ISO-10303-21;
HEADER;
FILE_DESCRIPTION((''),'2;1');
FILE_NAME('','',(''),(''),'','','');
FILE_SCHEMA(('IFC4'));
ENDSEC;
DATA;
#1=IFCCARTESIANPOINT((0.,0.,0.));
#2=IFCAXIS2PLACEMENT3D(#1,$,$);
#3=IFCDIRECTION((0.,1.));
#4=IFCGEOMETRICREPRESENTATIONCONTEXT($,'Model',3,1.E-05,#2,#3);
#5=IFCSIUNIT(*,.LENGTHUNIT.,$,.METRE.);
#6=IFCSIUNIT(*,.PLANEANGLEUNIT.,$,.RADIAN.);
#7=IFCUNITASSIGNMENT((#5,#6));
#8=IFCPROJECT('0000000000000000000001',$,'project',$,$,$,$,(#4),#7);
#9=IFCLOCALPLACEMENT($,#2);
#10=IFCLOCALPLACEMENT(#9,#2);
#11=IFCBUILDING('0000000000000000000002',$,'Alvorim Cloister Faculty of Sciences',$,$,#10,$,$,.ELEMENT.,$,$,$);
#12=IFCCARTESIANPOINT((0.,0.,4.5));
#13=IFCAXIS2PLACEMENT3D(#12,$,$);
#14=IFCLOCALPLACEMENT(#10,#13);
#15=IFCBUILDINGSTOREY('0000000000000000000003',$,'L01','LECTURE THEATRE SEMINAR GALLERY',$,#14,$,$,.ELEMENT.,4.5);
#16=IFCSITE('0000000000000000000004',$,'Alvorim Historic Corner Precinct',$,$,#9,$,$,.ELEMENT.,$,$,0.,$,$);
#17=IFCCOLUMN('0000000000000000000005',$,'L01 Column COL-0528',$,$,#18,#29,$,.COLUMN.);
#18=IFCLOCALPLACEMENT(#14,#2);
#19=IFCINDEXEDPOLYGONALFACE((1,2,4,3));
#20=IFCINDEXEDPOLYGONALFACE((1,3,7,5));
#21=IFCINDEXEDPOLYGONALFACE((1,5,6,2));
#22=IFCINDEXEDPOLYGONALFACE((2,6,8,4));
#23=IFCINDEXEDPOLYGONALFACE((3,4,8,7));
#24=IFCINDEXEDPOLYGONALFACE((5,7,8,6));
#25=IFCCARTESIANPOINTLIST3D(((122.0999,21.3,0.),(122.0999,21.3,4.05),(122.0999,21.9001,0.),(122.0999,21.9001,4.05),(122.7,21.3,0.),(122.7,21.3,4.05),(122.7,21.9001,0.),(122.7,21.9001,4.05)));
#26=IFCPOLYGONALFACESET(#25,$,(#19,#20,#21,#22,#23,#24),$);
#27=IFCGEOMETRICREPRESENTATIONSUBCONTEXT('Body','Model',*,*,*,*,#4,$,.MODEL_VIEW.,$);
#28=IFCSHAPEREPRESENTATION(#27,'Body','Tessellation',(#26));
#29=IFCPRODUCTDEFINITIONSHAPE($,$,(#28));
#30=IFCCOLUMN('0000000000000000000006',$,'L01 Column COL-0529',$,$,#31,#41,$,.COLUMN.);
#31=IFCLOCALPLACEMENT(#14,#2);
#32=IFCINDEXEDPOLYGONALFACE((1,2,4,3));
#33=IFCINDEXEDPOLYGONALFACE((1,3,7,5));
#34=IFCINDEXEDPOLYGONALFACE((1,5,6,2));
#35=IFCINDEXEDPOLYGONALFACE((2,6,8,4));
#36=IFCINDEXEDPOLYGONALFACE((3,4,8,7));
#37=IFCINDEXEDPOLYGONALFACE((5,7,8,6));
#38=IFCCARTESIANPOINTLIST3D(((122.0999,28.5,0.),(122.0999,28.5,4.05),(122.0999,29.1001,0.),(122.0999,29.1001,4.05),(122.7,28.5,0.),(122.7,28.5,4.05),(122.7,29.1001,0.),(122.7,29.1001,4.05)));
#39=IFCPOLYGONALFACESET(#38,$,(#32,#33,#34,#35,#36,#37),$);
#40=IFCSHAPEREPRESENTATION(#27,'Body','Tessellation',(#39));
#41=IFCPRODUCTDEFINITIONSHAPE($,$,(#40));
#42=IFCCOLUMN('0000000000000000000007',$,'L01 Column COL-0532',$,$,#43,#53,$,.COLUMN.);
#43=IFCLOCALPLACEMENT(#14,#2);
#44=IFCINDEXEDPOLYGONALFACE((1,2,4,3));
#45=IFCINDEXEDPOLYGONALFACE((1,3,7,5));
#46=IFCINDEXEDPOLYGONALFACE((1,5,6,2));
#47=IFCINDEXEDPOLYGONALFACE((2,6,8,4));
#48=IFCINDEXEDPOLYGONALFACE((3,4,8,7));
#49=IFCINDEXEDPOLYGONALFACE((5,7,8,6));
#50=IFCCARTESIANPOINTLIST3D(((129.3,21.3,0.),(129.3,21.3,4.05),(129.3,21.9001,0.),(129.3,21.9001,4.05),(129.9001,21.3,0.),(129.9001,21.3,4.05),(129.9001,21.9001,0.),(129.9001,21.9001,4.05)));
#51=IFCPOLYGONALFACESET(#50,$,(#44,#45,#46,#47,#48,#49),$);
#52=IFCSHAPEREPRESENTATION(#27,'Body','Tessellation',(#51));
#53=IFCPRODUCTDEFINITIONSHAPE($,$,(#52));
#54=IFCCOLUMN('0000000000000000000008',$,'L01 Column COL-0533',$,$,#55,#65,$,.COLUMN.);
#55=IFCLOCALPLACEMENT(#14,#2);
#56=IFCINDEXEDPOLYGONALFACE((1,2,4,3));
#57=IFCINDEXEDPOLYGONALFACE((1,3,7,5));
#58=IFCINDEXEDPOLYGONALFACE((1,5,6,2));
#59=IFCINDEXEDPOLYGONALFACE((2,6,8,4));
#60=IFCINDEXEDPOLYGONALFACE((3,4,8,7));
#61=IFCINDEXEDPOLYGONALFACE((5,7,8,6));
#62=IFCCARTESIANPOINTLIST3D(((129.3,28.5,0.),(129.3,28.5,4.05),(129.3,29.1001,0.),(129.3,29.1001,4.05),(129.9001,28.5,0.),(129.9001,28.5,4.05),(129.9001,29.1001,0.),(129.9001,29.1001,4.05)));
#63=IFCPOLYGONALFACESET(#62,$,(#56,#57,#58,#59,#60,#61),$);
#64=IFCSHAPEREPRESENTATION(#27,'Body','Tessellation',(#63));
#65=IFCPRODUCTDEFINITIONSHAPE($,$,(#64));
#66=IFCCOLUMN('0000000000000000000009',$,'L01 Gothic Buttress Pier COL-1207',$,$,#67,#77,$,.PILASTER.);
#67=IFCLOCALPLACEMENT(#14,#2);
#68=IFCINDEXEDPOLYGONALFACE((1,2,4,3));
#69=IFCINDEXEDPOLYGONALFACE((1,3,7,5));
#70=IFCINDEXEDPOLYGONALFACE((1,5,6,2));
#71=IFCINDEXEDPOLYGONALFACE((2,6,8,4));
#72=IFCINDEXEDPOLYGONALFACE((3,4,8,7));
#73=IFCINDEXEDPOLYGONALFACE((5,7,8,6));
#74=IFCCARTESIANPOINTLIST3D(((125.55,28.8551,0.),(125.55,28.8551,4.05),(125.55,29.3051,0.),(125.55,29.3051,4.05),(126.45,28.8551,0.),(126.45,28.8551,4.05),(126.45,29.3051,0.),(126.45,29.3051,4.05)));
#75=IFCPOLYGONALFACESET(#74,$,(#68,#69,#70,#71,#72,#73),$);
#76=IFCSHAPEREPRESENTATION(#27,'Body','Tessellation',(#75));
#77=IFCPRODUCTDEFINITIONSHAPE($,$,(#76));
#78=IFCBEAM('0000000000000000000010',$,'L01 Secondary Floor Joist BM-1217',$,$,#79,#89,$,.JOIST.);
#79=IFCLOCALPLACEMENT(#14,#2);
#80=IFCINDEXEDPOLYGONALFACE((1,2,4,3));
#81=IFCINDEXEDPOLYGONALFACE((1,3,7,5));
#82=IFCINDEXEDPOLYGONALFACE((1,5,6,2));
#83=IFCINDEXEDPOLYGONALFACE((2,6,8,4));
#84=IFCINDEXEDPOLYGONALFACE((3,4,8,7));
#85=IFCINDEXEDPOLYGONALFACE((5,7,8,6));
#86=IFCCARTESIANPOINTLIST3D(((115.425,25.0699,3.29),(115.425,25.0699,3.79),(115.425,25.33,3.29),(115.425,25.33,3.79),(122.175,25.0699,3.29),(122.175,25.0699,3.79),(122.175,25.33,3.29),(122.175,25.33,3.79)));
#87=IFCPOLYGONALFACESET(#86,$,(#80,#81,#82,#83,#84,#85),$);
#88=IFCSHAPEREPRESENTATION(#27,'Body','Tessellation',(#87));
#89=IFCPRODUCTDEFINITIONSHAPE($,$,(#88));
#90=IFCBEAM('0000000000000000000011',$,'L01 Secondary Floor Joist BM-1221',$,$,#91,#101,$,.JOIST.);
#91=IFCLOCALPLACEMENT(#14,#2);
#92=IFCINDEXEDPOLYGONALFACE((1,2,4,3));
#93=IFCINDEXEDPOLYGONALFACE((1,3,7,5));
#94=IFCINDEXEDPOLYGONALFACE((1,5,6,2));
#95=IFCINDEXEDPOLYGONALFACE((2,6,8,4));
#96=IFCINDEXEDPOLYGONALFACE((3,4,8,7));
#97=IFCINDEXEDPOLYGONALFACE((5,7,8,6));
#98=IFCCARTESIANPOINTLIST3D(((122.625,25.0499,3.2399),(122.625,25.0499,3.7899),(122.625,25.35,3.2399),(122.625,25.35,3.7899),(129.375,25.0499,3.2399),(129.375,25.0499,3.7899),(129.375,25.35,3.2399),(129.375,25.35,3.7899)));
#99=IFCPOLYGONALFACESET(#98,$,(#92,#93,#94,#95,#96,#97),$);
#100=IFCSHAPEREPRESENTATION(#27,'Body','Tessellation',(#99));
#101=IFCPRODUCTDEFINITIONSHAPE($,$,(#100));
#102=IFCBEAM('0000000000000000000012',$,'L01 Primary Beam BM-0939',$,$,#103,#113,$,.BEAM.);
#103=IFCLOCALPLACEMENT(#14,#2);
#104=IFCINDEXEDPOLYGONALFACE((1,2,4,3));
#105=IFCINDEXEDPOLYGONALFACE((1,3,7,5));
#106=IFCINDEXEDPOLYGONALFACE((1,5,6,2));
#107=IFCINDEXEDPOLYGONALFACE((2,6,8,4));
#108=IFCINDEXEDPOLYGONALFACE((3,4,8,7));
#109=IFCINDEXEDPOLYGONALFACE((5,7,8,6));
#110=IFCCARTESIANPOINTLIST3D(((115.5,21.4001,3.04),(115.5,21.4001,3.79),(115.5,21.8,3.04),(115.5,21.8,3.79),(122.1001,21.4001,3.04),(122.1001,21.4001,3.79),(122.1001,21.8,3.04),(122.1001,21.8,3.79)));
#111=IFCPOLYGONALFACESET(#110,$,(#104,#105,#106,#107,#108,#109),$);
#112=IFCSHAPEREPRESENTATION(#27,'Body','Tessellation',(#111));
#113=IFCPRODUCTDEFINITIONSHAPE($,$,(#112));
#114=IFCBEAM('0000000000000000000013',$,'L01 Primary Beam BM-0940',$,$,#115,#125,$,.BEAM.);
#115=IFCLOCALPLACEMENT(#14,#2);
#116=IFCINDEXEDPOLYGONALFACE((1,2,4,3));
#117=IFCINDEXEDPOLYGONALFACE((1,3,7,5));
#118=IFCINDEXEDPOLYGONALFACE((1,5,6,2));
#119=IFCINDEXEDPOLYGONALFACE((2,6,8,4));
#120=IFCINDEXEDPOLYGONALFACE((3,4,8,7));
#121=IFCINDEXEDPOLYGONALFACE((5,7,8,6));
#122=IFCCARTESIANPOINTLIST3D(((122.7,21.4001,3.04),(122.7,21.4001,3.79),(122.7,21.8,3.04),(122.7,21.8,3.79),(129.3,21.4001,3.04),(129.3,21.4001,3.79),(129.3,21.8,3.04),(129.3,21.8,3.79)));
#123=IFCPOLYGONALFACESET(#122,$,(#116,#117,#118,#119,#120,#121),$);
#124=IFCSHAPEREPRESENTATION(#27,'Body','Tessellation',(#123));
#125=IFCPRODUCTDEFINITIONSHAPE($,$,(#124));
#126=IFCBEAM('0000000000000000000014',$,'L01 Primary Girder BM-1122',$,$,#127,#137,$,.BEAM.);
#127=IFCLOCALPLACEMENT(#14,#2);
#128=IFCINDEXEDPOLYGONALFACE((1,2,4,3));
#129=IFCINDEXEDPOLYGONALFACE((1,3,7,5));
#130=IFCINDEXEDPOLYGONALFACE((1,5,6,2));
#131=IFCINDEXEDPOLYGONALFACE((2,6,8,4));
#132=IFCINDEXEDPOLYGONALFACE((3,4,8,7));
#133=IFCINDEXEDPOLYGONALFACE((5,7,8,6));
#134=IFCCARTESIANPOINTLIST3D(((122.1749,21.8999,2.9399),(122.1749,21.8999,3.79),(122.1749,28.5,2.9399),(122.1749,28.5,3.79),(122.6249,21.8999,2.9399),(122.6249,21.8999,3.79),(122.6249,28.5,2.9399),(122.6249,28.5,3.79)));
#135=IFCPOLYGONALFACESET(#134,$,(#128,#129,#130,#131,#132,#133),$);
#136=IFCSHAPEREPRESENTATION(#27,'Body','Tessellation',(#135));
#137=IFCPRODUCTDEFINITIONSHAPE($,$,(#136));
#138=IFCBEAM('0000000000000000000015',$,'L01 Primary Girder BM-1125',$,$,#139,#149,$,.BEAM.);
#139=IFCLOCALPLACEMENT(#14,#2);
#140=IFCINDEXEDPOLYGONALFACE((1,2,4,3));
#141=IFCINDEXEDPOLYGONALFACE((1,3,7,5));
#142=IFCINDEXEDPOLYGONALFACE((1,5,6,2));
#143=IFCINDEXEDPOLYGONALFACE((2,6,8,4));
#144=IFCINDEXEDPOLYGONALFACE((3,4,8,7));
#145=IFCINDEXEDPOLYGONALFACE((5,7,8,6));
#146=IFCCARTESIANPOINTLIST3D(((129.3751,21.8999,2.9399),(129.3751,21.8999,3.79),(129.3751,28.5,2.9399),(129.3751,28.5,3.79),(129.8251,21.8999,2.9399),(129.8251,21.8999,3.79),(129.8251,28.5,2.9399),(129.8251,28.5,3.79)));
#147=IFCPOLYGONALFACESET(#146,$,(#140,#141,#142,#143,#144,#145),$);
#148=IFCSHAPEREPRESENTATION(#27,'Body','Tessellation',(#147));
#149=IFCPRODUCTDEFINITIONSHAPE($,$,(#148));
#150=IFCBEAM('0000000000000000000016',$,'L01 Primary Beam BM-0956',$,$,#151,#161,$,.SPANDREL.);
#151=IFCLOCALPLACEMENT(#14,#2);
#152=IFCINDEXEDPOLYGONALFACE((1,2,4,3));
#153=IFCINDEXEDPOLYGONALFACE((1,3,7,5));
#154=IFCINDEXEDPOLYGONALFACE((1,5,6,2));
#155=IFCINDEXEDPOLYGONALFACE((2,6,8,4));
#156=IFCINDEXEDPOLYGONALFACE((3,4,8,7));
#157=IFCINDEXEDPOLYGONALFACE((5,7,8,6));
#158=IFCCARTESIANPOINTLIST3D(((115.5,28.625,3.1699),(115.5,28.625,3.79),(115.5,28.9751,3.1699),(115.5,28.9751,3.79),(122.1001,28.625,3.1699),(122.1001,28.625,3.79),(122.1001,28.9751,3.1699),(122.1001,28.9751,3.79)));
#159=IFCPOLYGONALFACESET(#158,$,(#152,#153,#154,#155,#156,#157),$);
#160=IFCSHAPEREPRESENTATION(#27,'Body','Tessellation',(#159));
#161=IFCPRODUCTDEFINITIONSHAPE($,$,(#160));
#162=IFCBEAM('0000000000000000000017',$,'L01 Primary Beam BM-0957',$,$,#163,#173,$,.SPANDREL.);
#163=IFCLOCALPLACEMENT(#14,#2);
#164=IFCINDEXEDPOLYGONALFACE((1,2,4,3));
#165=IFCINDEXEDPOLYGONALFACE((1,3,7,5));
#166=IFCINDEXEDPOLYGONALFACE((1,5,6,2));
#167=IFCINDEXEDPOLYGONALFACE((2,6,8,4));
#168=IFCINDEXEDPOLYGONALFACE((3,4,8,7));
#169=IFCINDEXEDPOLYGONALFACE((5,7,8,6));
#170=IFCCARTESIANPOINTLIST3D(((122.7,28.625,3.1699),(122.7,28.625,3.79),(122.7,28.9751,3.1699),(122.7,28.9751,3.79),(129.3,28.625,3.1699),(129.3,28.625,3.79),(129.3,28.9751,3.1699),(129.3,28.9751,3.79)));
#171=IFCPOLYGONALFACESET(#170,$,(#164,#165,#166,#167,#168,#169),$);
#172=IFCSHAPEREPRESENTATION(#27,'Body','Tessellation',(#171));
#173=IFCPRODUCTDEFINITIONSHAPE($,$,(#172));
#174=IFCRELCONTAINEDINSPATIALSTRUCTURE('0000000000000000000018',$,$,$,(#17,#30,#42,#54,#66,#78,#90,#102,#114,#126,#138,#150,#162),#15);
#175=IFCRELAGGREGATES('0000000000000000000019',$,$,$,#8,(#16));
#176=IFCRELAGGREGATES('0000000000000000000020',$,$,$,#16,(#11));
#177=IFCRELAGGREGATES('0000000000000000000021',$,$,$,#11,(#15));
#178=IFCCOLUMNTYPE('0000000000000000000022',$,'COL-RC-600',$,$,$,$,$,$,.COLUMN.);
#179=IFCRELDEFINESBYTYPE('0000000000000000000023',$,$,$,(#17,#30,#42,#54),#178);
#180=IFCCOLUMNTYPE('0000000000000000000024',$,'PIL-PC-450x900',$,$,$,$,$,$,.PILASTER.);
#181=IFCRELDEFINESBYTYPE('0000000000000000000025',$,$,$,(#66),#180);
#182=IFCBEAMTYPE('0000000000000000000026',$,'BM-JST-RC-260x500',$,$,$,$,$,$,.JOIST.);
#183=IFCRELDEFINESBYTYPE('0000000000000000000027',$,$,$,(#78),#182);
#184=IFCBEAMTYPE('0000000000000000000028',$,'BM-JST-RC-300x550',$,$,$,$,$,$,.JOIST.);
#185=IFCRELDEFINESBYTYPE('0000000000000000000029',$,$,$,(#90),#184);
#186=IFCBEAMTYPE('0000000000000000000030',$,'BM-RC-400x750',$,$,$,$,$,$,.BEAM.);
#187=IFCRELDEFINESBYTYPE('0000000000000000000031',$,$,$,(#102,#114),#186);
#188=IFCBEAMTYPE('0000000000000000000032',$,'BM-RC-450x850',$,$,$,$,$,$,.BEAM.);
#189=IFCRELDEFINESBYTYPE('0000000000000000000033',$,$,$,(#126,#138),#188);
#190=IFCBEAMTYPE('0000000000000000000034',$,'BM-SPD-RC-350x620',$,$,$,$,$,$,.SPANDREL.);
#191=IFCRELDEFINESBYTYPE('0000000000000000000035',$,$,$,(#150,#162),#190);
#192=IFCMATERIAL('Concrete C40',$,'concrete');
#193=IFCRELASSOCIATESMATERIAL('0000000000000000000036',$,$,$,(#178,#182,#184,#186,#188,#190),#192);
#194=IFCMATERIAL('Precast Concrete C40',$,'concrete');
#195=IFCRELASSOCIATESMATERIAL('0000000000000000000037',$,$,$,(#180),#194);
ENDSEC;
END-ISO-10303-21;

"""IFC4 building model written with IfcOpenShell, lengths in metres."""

from ifc_helpers import new_model, si_unit, direction, frame, origin, origin_2d, place, context, subcontext, project, spatial, rectangle, extrude, material, material_profile, profile_set, type_object, element, save


model = new_model("IFC4")

# Units and contexts
model_context = context("Model", 3, precision=1e-05, world=origin(), true_north=direction((0.0, 1.0)))
body_context = subcontext(model_context, "Body", "Model", "MODEL_VIEW")
ifc_project = project(units=[si_unit("LENGTHUNIT", "METRE"), si_unit("PLANEANGLEUNIT", "RADIAN")], contexts=[model_context])

# Site, building, storey
site_placement = place(None, origin())
site = spatial("IfcSite", under=ifc_project, at=site_placement, Name="Alvorim Historic Corner Precinct", CompositionType="ELEMENT", RefElevation=0.0)
building_placement = place(site_placement, origin())
building = spatial("IfcBuilding", under=site, at=building_placement, Name="Alvorim Cloister Faculty of Sciences", CompositionType="ELEMENT")
storey_placement = place(building_placement, frame((0.0, 0.0, 4.5)))
storey = spatial("IfcBuildingStorey", under=building, at=storey_placement, Name="L01", Description="LECTURE THEATRE SEMINAR GALLERY", CompositionType="ELEMENT", Elevation=4.5)

# Columns
ifc_material_1 = material(Name="Concrete C40", Category="concrete")
ifc_material_profile_1 = material_profile(ifc_material_1, rectangle(XDim=0.6001, YDim=0.6001, at=origin_2d()), Name="RC40-COL-600x600")
ifc_profile_set_1 = profile_set([ifc_material_profile_1], Name="Concrete C40")
column_type_1 = type_object("IfcColumnType", Name="COL-RC-600", PredefinedType="COLUMN", material=ifc_profile_set_1)
for number, where, z_axis, x_axis, name in (
    (1, (122.3999, 21.6001, 0.0), (0.0, 0.0, 1.0), (1.0, 0.0, 0.0), "L01 Column COL-0528"),
    (2, (122.3999, 28.8, 0.0), (0.0, 0.0, 1.0), (1.0, 0.0, 0.0), "L01 Column COL-0529"),
    (3, (129.6001, 21.6001, 0.0), (0.0, 0.0, 1.0), (1.0, 0.0, 0.0), "L01 Column COL-0532"),
    (4, (129.6001, 28.8, 0.0), (0.0, 0.0, 1.0), (1.0, 0.0, 0.0), "L01 Column COL-0533"),
):
    element("IfcColumn", number, at=place(storey_placement, frame(where, z_axis=z_axis, x_axis=x_axis)), inside=storey, type_object=column_type_1, Name=name, PredefinedType="COLUMN", context=body_context, shape_type="SweptSolid", body=[
        extrude(rectangle(XDim=0.6001, YDim=0.6001, at=origin_2d()), origin(), (0.0, 0.0, 1.0), 4.05),
    ])
ifc_material_2 = material(Name="Precast Concrete C40", Category="concrete")
ifc_material_profile_2 = material_profile(ifc_material_2, rectangle(XDim=0.45, YDim=0.8999, at=origin_2d()), Name="RC40-PIL-450x900")
ifc_profile_set_2 = profile_set([ifc_material_profile_2], Name="Precast Concrete C40")
column_type_2 = type_object("IfcColumnType", Name="PIL-PC-450x900", PredefinedType="PILASTER", material=ifc_profile_set_2)
column_placement = place(storey_placement, frame((126.0, 29.0801, 0.0), z_axis=(0.0, 0.0, 1.0), x_axis=(0.0, 1.0, 0.0)))
element("IfcColumn", 5, at=column_placement, inside=storey, type_object=column_type_2, Name="L01 Gothic Buttress Pier COL-1207", PredefinedType="PILASTER", context=body_context, shape_type="SweptSolid", body=[
    extrude(rectangle(XDim=0.45, YDim=0.8999, at=origin_2d()), origin(), (0.0, 0.0, 1.0), 4.05),
])

# Beams
ifc_material_profile_3 = material_profile(ifc_material_1, rectangle(XDim=0.26, YDim=0.5, at=origin_2d()), Name="RC40-JST-260x500")
ifc_profile_set_3 = profile_set([ifc_material_profile_3], Name="Concrete C40")
beam_type_1 = type_object("IfcBeamType", Name="BM-JST-RC-260x500", PredefinedType="JOIST", material=ifc_profile_set_3)
beam_1_placement = place(storey_placement, frame((115.425, 25.2, 3.54), z_axis=(1.0, 0.0, 0.0), x_axis=(0.0, 1.0, 0.0)))
element("IfcBeam", 6, at=beam_1_placement, inside=storey, type_object=beam_type_1, Name="L01 Secondary Floor Joist BM-1217", PredefinedType="JOIST", context=body_context, shape_type="SweptSolid", body=[
    extrude(rectangle(XDim=0.26, YDim=0.5, at=origin_2d()), origin(), (0.0, 0.0, 1.0), 6.75),
])
ifc_material_profile_4 = material_profile(ifc_material_1, rectangle(XDim=0.3, YDim=0.55, at=origin_2d()), Name="RC40-JST-300x550")
ifc_profile_set_4 = profile_set([ifc_material_profile_4], Name="Concrete C40")
beam_type_2 = type_object("IfcBeamType", Name="BM-JST-RC-300x550", PredefinedType="JOIST", material=ifc_profile_set_4)
beam_2_placement = place(storey_placement, frame((122.625, 25.2, 3.5149), z_axis=(1.0, 0.0, 0.0), x_axis=(0.0, 1.0, 0.0)))
element("IfcBeam", 7, at=beam_2_placement, inside=storey, type_object=beam_type_2, Name="L01 Secondary Floor Joist BM-1221", PredefinedType="JOIST", context=body_context, shape_type="SweptSolid", body=[
    extrude(rectangle(XDim=0.3, YDim=0.55, at=origin_2d()), origin(), (0.0, 0.0, 1.0), 6.75),
])
ifc_material_profile_5 = material_profile(ifc_material_1, rectangle(XDim=0.3999, YDim=0.75, at=origin_2d()), Name="RC40-BM-400x750")
ifc_profile_set_5 = profile_set([ifc_material_profile_5], Name="Concrete C40")
beam_type_3 = type_object("IfcBeamType", Name="BM-RC-400x750", PredefinedType="BEAM", material=ifc_profile_set_5)
for number, where, z_axis, x_axis, name in (
    (8, (115.5, 21.6001, 3.415), (1.0, 0.0, 0.0), (0.0, 1.0, 0.0), "L01 Primary Beam BM-0939"),
    (9, (122.7, 21.6001, 3.415), (1.0, 0.0, 0.0), (0.0, 1.0, 0.0), "L01 Primary Beam BM-0940"),
):
    element("IfcBeam", number, at=place(storey_placement, frame(where, z_axis=z_axis, x_axis=x_axis)), inside=storey, type_object=beam_type_3, Name=name, PredefinedType="BEAM", context=body_context, shape_type="SweptSolid", body=[
        extrude(rectangle(XDim=0.3999, YDim=0.75, at=origin_2d()), origin(), (0.0, 0.0, 1.0), 6.6001),
    ])
ifc_material_profile_6 = material_profile(ifc_material_1, rectangle(XDim=0.45, YDim=0.8501, at=origin_2d()), Name="RC40-BM-450x850")
ifc_profile_set_6 = profile_set([ifc_material_profile_6], Name="Concrete C40")
beam_type_4 = type_object("IfcBeamType", Name="BM-RC-450x850", PredefinedType="BEAM", material=ifc_profile_set_6)
for number, where, z_axis, x_axis, name in (
    (10, (122.3999, 21.8999, 3.365), (0.0, 1.0, 0.0), (-1.0, 0.0, 0.0), "L01 Primary Girder BM-1122"),
    (11, (129.6001, 21.8999, 3.365), (0.0, 1.0, 0.0), (-1.0, 0.0, 0.0), "L01 Primary Girder BM-1125"),
):
    element("IfcBeam", number, at=place(storey_placement, frame(where, z_axis=z_axis, x_axis=x_axis)), inside=storey, type_object=beam_type_4, Name=name, PredefinedType="BEAM", context=body_context, shape_type="SweptSolid", body=[
        extrude(rectangle(XDim=0.45, YDim=0.8501, at=origin_2d()), origin(), (0.0, 0.0, 1.0), 6.6001),
    ])
ifc_material_profile_7 = material_profile(ifc_material_1, rectangle(XDim=0.3501, YDim=0.6201, at=origin_2d()), Name="RC40-SPD-350x620")
ifc_profile_set_7 = profile_set([ifc_material_profile_7], Name="Concrete C40")
beam_type_5 = type_object("IfcBeamType", Name="BM-SPD-RC-350x620", PredefinedType="SPANDREL", material=ifc_profile_set_7)
for number, where, z_axis, x_axis, name in (
    (12, (115.5, 28.8, 3.48), (1.0, 0.0, 0.0), (0.0, 1.0, 0.0), "L01 Primary Beam BM-0956"),
    (13, (122.7, 28.8, 3.48), (1.0, 0.0, 0.0), (0.0, 1.0, 0.0), "L01 Primary Beam BM-0957"),
):
    element("IfcBeam", number, at=place(storey_placement, frame(where, z_axis=z_axis, x_axis=x_axis)), inside=storey, type_object=beam_type_5, Name=name, PredefinedType="SPANDREL", context=body_context, shape_type="SweptSolid", body=[
        extrude(rectangle(XDim=0.3501, YDim=0.6201, at=origin_2d()), origin(), (0.0, 0.0, 1.0), 6.6001),
    ])

save(model, "model.ifc")
